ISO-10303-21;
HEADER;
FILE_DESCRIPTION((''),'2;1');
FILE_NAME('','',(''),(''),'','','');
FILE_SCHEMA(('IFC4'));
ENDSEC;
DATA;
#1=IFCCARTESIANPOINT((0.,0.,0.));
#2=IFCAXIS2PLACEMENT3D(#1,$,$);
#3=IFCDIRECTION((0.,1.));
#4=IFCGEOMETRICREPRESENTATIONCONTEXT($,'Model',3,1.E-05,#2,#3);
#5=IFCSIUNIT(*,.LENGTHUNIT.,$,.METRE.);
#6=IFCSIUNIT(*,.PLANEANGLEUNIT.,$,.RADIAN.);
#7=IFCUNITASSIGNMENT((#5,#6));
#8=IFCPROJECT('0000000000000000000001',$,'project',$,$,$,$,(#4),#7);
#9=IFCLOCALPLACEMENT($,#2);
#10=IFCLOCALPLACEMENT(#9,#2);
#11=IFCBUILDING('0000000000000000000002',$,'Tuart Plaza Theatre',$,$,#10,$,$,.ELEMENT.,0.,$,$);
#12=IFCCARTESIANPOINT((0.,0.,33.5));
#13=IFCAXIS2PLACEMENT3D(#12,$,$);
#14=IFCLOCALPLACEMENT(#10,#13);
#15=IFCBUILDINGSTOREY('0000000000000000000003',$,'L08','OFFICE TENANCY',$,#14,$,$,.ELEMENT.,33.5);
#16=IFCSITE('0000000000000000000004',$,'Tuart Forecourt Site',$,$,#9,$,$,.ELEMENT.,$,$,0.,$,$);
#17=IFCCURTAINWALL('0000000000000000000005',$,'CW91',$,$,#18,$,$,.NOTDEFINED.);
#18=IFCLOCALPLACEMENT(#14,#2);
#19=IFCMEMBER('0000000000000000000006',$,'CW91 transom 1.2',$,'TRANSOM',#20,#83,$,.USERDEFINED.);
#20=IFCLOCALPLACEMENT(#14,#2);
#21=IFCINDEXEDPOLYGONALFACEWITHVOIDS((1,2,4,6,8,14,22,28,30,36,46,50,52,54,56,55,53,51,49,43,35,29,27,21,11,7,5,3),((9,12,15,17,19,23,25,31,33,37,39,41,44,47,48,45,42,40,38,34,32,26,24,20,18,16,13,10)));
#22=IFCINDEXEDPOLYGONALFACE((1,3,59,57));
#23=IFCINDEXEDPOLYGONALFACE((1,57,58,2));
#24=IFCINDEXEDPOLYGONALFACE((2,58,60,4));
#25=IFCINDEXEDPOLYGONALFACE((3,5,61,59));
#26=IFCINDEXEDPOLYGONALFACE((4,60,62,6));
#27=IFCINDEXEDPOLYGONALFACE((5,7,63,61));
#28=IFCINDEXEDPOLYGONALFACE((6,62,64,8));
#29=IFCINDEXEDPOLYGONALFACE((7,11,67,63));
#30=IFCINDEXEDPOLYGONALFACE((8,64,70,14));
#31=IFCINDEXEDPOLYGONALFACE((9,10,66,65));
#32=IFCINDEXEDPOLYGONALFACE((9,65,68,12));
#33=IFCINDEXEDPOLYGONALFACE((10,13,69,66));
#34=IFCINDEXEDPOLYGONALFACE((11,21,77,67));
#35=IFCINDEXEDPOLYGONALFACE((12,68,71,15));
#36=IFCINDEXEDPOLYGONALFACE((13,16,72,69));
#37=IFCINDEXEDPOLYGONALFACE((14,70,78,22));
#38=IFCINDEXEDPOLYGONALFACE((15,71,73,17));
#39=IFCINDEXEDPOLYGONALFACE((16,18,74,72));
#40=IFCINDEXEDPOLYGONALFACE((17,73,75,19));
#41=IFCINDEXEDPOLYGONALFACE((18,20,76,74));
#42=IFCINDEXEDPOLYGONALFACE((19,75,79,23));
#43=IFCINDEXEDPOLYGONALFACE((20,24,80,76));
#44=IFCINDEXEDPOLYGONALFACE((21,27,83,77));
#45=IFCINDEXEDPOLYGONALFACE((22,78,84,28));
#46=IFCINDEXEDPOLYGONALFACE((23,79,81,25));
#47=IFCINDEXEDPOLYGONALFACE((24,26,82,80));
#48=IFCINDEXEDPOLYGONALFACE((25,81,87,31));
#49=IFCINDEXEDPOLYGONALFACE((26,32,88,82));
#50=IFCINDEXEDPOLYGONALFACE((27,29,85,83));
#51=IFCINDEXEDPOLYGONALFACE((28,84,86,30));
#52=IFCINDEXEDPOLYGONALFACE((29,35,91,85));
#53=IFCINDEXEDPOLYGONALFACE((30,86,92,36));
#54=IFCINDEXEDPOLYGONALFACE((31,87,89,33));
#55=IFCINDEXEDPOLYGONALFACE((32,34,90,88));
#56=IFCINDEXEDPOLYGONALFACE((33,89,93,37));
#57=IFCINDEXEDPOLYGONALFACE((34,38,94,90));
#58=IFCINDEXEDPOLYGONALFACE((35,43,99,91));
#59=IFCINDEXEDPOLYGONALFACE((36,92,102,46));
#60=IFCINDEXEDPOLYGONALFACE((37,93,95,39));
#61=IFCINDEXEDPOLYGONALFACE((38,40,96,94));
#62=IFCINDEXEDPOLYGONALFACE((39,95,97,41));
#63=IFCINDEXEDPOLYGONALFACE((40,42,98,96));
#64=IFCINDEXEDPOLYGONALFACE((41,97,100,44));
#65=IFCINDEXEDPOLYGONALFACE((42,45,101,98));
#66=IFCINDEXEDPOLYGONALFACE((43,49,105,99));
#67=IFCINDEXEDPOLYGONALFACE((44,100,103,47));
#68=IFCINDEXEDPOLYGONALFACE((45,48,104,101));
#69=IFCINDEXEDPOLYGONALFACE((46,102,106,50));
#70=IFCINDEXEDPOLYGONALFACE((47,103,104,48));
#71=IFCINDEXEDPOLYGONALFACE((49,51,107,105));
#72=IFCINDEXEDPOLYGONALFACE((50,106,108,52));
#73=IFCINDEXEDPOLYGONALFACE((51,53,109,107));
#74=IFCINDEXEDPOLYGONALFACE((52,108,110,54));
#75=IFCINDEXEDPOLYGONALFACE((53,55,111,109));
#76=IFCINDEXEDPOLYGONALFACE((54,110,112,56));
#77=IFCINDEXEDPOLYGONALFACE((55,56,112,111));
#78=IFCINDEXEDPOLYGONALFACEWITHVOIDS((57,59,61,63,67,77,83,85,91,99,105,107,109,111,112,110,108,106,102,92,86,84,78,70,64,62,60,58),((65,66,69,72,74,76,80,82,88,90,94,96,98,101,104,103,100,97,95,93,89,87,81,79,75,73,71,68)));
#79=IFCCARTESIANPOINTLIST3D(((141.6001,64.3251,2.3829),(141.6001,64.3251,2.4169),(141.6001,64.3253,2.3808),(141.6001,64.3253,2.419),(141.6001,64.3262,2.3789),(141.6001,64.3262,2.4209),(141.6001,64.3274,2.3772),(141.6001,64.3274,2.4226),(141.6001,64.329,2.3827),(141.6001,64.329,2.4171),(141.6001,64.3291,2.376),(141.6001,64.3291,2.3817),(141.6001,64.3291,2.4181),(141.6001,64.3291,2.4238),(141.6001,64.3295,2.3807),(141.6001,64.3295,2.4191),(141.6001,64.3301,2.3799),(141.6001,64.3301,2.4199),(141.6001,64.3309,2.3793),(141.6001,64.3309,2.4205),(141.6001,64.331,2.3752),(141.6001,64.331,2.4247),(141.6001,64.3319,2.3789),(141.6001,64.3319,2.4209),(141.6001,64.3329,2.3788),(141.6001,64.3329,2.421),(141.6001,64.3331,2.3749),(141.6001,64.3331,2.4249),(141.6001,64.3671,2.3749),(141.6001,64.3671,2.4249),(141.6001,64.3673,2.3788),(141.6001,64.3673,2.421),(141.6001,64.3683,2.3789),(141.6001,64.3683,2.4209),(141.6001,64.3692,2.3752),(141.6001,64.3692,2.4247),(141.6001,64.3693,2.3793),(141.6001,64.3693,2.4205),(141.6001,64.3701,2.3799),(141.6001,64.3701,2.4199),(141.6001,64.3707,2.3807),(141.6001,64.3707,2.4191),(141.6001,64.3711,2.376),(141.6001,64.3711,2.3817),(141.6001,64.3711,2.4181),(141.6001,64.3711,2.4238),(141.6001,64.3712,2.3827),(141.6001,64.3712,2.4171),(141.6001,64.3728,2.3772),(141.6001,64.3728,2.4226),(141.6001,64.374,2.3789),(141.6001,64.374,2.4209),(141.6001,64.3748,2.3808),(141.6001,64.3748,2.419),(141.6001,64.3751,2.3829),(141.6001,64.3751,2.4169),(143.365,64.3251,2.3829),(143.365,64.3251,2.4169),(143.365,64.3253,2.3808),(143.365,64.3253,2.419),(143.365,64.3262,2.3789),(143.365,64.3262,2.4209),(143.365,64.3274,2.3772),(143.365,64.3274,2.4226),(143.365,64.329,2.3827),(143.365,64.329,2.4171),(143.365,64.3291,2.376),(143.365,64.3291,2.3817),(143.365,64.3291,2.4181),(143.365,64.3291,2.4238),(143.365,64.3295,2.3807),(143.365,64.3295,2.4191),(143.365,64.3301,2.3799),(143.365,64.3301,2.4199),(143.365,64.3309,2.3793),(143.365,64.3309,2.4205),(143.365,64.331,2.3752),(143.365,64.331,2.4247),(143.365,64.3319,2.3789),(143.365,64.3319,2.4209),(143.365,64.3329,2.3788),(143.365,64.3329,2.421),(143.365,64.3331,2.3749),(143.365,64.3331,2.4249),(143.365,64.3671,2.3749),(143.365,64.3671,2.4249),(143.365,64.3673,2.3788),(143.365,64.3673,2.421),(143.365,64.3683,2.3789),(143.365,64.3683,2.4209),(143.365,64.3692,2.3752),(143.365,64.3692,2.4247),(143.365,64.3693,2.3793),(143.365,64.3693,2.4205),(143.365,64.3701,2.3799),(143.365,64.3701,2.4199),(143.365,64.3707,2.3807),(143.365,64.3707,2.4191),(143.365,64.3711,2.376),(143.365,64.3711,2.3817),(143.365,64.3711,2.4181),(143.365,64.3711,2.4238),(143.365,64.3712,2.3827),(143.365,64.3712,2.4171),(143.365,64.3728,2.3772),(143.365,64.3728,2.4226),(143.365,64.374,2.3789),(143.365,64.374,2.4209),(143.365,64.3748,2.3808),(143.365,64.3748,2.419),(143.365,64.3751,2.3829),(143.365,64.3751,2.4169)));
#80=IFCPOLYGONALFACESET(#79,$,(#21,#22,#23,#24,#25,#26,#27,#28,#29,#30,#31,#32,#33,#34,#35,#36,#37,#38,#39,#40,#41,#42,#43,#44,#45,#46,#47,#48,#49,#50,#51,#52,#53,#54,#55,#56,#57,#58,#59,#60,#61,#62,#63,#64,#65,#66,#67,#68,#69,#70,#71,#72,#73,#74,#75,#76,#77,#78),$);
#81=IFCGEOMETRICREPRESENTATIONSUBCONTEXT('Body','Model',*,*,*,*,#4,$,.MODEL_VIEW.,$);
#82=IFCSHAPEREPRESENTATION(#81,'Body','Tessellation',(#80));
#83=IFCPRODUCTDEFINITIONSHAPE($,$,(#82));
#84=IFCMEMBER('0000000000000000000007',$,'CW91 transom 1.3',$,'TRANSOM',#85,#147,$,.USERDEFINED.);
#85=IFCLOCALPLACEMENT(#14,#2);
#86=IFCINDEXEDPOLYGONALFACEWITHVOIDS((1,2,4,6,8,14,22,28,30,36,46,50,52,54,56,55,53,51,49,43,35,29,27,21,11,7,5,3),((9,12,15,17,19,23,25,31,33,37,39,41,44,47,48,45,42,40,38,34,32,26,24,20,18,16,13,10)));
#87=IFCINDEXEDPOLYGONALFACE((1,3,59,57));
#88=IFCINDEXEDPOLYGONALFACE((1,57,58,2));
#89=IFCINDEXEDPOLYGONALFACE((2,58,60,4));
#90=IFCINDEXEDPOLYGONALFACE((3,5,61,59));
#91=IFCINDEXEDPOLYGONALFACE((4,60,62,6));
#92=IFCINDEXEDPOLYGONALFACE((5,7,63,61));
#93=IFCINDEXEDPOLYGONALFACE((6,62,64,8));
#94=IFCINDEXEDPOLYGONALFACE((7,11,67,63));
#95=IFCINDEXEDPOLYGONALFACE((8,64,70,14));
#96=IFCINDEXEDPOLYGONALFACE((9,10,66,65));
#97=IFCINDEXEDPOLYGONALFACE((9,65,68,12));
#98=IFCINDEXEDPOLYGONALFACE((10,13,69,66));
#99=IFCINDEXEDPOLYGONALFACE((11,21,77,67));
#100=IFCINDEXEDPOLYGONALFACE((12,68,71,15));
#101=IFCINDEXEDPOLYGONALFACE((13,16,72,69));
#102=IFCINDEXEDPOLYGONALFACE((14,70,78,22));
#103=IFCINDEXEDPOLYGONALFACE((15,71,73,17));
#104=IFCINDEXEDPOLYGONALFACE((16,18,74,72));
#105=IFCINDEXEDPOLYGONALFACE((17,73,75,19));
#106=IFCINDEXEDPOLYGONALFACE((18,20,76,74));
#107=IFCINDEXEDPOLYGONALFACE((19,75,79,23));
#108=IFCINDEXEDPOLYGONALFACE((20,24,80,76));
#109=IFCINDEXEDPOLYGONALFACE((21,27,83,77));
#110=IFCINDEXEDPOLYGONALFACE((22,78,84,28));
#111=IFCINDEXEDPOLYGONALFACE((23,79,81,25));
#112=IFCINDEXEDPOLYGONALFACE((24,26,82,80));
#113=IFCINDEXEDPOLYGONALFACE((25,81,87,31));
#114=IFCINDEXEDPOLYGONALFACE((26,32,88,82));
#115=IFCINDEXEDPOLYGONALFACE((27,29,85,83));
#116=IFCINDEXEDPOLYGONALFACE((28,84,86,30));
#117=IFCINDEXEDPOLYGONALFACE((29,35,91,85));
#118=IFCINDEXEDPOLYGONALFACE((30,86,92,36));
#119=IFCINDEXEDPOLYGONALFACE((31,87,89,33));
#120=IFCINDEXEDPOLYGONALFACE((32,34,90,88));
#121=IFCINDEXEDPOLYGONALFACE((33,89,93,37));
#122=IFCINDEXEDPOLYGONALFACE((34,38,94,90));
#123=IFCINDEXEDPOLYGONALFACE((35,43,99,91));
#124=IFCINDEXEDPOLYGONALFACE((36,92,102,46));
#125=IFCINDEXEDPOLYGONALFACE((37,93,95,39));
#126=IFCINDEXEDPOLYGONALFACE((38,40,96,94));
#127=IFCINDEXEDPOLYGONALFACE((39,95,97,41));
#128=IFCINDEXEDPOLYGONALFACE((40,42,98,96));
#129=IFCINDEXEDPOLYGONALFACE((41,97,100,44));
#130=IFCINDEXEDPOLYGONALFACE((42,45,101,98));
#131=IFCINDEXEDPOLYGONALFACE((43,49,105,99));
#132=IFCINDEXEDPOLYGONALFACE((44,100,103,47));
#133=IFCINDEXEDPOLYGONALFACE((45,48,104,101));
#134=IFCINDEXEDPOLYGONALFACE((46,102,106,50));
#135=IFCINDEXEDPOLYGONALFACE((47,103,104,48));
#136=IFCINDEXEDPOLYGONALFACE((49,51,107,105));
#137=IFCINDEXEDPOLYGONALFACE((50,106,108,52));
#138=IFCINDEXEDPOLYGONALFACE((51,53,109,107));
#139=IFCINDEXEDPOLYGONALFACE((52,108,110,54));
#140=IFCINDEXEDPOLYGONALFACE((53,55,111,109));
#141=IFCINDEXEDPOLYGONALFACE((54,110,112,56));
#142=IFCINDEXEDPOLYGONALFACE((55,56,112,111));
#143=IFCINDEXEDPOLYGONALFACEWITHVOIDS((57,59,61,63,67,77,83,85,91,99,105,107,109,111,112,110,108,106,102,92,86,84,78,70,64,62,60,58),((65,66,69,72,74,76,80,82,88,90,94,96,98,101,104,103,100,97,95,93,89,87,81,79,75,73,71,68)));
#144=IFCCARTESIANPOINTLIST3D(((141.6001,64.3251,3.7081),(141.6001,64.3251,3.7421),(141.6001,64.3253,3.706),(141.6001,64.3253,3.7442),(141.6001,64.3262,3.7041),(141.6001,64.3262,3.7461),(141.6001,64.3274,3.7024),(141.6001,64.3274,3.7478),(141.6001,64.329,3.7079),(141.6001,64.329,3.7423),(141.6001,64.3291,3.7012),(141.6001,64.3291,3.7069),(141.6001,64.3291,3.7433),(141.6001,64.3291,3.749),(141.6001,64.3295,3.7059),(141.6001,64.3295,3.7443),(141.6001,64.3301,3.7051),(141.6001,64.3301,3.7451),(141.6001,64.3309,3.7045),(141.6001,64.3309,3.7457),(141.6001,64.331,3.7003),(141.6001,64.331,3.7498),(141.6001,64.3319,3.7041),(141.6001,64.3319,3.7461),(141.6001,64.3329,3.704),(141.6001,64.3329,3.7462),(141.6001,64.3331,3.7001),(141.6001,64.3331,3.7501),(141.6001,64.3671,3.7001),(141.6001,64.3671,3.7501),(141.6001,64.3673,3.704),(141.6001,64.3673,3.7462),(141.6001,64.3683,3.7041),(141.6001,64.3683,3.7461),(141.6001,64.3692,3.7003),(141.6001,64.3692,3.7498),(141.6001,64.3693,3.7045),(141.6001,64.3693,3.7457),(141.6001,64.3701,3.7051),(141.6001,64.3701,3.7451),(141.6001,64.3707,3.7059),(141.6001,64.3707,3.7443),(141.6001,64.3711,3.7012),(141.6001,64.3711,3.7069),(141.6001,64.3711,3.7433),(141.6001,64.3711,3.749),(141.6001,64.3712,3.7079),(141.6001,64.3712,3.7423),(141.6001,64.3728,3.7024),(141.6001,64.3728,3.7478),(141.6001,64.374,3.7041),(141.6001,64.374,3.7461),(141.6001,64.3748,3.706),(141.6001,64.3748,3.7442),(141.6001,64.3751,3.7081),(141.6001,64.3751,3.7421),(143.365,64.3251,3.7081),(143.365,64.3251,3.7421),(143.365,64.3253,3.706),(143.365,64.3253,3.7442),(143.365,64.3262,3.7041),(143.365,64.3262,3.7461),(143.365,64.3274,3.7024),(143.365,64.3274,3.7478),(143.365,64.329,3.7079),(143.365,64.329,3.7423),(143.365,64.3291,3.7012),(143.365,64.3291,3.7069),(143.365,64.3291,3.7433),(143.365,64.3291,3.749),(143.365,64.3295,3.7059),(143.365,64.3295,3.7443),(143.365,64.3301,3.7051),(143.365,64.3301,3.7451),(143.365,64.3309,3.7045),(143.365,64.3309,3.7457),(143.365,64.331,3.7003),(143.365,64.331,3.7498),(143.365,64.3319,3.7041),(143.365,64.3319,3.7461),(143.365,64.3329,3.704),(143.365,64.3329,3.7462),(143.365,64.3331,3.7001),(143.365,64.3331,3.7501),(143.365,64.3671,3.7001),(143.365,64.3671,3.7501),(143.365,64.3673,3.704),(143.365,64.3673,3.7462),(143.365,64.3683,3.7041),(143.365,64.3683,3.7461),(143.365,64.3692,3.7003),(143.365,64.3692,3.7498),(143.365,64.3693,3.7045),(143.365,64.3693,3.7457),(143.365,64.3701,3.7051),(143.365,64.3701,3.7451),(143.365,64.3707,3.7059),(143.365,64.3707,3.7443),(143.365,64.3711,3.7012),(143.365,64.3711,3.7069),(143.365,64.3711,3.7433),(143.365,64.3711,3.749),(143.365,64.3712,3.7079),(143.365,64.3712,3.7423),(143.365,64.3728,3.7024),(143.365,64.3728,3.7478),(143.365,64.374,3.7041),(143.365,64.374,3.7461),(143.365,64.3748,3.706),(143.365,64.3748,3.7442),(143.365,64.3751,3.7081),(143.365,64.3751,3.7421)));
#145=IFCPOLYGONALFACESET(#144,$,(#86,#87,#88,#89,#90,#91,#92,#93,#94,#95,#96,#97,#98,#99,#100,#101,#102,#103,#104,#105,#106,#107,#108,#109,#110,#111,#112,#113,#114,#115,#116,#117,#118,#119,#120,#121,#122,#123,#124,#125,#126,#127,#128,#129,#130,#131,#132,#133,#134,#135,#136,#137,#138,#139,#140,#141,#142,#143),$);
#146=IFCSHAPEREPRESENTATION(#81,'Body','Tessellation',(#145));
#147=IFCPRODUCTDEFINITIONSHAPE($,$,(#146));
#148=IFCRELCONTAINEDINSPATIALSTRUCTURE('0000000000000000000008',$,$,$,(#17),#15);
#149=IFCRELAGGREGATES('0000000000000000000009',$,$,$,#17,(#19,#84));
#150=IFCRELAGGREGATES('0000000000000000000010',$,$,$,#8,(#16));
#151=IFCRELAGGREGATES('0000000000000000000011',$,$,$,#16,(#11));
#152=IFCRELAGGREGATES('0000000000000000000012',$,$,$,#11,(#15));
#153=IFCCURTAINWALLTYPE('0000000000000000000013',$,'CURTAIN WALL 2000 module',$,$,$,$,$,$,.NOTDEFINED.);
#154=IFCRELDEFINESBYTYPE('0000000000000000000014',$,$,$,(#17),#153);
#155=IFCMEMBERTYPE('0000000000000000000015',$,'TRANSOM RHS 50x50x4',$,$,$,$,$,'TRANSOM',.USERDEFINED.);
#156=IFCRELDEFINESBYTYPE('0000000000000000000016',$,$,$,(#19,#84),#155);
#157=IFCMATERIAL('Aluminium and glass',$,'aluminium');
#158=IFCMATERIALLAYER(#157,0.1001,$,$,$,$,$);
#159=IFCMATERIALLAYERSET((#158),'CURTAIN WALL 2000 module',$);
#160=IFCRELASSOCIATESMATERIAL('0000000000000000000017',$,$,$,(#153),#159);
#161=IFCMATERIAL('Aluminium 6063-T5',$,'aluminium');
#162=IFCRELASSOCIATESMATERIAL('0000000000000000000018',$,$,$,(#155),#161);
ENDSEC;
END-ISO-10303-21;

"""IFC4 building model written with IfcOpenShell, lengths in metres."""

from ifc_helpers import new_model, si_unit, direction, frame, origin, origin_2d, place, context, subcontext, project, spatial, hollow_rectangle, extrude, material, layer, layer_set, material_profile, profile_set, type_object, element, aggregate, save


model = new_model("IFC4")

# Units and contexts
model_context = context("Model", 3, precision=1e-05, world=origin(), true_north=direction((0.0, 1.0)))
body_context = subcontext(model_context, "Body", "Model", "MODEL_VIEW")
ifc_project = project(units=[si_unit("LENGTHUNIT", "METRE"), si_unit("PLANEANGLEUNIT", "RADIAN")], contexts=[model_context])

# Site, building, storey
site_placement = place(None, origin())
site = spatial("IfcSite", under=ifc_project, at=site_placement, Name="Tuart Forecourt Site", CompositionType="ELEMENT", RefElevation=0.0)
building_placement = place(site_placement, origin())
building = spatial("IfcBuilding", under=site, at=building_placement, Name="Tuart Plaza Theatre", CompositionType="ELEMENT", ElevationOfRefHeight=0.0)
storey_placement = place(building_placement, frame((0.0, 0.0, 33.5)))
storey = spatial("IfcBuildingStorey", under=building, at=storey_placement, Name="L08", Description="OFFICE TENANCY", CompositionType="ELEMENT", Elevation=33.5)

# Shared definitions
ifc_material_1 = material(Name="Aluminium and glass", Category="aluminium")
ifc_layer_1 = layer(ifc_material_1, 0.1001)
ifc_layer_set_1 = layer_set([ifc_layer_1], Name="CURTAIN WALL 2000 module")
curtain_wall_type = type_object("IfcCurtainWallType", Name="CURTAIN WALL 2000 module", PredefinedType="NOTDEFINED", material=ifc_layer_set_1)

# Curtain wall, members
curtain_wall_1_placement = place(storey_placement, origin())
curtain_wall_1 = element("IfcCurtainWall", 1, at=curtain_wall_1_placement, inside=storey, type_object=curtain_wall_type, Name="CW91", PredefinedType="NOTDEFINED")
ifc_material_2 = material(Name="Aluminium 6063-T5", Category="aluminium")
ifc_material_profile_1 = material_profile(ifc_material_2, hollow_rectangle(XDim=0.05, YDim=0.05, WallThickness=0.0039, InnerFilletRadius=0.0039, OuterFilletRadius=0.0081, at=origin_2d()), Name="RHS 50x50x4")
ifc_profile_set_1 = profile_set([ifc_material_profile_1], Name="Aluminium 6063-T5")
member_type_1 = type_object("IfcMemberType", Name="TRANSOM RHS 50x50x4", ElementType="TRANSOM", PredefinedType="USERDEFINED", material=ifc_profile_set_1)
member_1_placement = place(storey_placement, frame((141.6001, 64.3501, 2.3999), z_axis=(1.0, 0.0, 0.0), x_axis=(0.0, 1.0, 0.0)))
member_1 = element("IfcMember", 2, at=member_1_placement, type_object=member_type_1, Name="CW91 transom 1.2", ObjectType="TRANSOM", PredefinedType="USERDEFINED", context=body_context, shape_type="SweptSolid", body=[
    extrude(hollow_rectangle(XDim=0.05, YDim=0.05, WallThickness=0.0039, InnerFilletRadius=0.0039, OuterFilletRadius=0.0081, at=origin_2d()), origin(), (0.0, 0.0, 1.0), 1.7649),
])
member_2_placement = place(storey_placement, frame((141.6001, 64.3501, 3.7251), z_axis=(1.0, 0.0, 0.0), x_axis=(0.0, 1.0, 0.0)))
member_2 = element("IfcMember", 3, at=member_2_placement, type_object=member_type_1, Name="CW91 transom 1.3", ObjectType="TRANSOM", PredefinedType="USERDEFINED", context=body_context, shape_type="SweptSolid", body=[
    extrude(hollow_rectangle(XDim=0.05, YDim=0.05, WallThickness=0.0039, InnerFilletRadius=0.0039, OuterFilletRadius=0.0081, at=origin_2d()), origin(), (0.0, 0.0, 1.0), 1.7649),
])

aggregate(curtain_wall_1, [member_1, member_2])

save(model, "model.ifc")
